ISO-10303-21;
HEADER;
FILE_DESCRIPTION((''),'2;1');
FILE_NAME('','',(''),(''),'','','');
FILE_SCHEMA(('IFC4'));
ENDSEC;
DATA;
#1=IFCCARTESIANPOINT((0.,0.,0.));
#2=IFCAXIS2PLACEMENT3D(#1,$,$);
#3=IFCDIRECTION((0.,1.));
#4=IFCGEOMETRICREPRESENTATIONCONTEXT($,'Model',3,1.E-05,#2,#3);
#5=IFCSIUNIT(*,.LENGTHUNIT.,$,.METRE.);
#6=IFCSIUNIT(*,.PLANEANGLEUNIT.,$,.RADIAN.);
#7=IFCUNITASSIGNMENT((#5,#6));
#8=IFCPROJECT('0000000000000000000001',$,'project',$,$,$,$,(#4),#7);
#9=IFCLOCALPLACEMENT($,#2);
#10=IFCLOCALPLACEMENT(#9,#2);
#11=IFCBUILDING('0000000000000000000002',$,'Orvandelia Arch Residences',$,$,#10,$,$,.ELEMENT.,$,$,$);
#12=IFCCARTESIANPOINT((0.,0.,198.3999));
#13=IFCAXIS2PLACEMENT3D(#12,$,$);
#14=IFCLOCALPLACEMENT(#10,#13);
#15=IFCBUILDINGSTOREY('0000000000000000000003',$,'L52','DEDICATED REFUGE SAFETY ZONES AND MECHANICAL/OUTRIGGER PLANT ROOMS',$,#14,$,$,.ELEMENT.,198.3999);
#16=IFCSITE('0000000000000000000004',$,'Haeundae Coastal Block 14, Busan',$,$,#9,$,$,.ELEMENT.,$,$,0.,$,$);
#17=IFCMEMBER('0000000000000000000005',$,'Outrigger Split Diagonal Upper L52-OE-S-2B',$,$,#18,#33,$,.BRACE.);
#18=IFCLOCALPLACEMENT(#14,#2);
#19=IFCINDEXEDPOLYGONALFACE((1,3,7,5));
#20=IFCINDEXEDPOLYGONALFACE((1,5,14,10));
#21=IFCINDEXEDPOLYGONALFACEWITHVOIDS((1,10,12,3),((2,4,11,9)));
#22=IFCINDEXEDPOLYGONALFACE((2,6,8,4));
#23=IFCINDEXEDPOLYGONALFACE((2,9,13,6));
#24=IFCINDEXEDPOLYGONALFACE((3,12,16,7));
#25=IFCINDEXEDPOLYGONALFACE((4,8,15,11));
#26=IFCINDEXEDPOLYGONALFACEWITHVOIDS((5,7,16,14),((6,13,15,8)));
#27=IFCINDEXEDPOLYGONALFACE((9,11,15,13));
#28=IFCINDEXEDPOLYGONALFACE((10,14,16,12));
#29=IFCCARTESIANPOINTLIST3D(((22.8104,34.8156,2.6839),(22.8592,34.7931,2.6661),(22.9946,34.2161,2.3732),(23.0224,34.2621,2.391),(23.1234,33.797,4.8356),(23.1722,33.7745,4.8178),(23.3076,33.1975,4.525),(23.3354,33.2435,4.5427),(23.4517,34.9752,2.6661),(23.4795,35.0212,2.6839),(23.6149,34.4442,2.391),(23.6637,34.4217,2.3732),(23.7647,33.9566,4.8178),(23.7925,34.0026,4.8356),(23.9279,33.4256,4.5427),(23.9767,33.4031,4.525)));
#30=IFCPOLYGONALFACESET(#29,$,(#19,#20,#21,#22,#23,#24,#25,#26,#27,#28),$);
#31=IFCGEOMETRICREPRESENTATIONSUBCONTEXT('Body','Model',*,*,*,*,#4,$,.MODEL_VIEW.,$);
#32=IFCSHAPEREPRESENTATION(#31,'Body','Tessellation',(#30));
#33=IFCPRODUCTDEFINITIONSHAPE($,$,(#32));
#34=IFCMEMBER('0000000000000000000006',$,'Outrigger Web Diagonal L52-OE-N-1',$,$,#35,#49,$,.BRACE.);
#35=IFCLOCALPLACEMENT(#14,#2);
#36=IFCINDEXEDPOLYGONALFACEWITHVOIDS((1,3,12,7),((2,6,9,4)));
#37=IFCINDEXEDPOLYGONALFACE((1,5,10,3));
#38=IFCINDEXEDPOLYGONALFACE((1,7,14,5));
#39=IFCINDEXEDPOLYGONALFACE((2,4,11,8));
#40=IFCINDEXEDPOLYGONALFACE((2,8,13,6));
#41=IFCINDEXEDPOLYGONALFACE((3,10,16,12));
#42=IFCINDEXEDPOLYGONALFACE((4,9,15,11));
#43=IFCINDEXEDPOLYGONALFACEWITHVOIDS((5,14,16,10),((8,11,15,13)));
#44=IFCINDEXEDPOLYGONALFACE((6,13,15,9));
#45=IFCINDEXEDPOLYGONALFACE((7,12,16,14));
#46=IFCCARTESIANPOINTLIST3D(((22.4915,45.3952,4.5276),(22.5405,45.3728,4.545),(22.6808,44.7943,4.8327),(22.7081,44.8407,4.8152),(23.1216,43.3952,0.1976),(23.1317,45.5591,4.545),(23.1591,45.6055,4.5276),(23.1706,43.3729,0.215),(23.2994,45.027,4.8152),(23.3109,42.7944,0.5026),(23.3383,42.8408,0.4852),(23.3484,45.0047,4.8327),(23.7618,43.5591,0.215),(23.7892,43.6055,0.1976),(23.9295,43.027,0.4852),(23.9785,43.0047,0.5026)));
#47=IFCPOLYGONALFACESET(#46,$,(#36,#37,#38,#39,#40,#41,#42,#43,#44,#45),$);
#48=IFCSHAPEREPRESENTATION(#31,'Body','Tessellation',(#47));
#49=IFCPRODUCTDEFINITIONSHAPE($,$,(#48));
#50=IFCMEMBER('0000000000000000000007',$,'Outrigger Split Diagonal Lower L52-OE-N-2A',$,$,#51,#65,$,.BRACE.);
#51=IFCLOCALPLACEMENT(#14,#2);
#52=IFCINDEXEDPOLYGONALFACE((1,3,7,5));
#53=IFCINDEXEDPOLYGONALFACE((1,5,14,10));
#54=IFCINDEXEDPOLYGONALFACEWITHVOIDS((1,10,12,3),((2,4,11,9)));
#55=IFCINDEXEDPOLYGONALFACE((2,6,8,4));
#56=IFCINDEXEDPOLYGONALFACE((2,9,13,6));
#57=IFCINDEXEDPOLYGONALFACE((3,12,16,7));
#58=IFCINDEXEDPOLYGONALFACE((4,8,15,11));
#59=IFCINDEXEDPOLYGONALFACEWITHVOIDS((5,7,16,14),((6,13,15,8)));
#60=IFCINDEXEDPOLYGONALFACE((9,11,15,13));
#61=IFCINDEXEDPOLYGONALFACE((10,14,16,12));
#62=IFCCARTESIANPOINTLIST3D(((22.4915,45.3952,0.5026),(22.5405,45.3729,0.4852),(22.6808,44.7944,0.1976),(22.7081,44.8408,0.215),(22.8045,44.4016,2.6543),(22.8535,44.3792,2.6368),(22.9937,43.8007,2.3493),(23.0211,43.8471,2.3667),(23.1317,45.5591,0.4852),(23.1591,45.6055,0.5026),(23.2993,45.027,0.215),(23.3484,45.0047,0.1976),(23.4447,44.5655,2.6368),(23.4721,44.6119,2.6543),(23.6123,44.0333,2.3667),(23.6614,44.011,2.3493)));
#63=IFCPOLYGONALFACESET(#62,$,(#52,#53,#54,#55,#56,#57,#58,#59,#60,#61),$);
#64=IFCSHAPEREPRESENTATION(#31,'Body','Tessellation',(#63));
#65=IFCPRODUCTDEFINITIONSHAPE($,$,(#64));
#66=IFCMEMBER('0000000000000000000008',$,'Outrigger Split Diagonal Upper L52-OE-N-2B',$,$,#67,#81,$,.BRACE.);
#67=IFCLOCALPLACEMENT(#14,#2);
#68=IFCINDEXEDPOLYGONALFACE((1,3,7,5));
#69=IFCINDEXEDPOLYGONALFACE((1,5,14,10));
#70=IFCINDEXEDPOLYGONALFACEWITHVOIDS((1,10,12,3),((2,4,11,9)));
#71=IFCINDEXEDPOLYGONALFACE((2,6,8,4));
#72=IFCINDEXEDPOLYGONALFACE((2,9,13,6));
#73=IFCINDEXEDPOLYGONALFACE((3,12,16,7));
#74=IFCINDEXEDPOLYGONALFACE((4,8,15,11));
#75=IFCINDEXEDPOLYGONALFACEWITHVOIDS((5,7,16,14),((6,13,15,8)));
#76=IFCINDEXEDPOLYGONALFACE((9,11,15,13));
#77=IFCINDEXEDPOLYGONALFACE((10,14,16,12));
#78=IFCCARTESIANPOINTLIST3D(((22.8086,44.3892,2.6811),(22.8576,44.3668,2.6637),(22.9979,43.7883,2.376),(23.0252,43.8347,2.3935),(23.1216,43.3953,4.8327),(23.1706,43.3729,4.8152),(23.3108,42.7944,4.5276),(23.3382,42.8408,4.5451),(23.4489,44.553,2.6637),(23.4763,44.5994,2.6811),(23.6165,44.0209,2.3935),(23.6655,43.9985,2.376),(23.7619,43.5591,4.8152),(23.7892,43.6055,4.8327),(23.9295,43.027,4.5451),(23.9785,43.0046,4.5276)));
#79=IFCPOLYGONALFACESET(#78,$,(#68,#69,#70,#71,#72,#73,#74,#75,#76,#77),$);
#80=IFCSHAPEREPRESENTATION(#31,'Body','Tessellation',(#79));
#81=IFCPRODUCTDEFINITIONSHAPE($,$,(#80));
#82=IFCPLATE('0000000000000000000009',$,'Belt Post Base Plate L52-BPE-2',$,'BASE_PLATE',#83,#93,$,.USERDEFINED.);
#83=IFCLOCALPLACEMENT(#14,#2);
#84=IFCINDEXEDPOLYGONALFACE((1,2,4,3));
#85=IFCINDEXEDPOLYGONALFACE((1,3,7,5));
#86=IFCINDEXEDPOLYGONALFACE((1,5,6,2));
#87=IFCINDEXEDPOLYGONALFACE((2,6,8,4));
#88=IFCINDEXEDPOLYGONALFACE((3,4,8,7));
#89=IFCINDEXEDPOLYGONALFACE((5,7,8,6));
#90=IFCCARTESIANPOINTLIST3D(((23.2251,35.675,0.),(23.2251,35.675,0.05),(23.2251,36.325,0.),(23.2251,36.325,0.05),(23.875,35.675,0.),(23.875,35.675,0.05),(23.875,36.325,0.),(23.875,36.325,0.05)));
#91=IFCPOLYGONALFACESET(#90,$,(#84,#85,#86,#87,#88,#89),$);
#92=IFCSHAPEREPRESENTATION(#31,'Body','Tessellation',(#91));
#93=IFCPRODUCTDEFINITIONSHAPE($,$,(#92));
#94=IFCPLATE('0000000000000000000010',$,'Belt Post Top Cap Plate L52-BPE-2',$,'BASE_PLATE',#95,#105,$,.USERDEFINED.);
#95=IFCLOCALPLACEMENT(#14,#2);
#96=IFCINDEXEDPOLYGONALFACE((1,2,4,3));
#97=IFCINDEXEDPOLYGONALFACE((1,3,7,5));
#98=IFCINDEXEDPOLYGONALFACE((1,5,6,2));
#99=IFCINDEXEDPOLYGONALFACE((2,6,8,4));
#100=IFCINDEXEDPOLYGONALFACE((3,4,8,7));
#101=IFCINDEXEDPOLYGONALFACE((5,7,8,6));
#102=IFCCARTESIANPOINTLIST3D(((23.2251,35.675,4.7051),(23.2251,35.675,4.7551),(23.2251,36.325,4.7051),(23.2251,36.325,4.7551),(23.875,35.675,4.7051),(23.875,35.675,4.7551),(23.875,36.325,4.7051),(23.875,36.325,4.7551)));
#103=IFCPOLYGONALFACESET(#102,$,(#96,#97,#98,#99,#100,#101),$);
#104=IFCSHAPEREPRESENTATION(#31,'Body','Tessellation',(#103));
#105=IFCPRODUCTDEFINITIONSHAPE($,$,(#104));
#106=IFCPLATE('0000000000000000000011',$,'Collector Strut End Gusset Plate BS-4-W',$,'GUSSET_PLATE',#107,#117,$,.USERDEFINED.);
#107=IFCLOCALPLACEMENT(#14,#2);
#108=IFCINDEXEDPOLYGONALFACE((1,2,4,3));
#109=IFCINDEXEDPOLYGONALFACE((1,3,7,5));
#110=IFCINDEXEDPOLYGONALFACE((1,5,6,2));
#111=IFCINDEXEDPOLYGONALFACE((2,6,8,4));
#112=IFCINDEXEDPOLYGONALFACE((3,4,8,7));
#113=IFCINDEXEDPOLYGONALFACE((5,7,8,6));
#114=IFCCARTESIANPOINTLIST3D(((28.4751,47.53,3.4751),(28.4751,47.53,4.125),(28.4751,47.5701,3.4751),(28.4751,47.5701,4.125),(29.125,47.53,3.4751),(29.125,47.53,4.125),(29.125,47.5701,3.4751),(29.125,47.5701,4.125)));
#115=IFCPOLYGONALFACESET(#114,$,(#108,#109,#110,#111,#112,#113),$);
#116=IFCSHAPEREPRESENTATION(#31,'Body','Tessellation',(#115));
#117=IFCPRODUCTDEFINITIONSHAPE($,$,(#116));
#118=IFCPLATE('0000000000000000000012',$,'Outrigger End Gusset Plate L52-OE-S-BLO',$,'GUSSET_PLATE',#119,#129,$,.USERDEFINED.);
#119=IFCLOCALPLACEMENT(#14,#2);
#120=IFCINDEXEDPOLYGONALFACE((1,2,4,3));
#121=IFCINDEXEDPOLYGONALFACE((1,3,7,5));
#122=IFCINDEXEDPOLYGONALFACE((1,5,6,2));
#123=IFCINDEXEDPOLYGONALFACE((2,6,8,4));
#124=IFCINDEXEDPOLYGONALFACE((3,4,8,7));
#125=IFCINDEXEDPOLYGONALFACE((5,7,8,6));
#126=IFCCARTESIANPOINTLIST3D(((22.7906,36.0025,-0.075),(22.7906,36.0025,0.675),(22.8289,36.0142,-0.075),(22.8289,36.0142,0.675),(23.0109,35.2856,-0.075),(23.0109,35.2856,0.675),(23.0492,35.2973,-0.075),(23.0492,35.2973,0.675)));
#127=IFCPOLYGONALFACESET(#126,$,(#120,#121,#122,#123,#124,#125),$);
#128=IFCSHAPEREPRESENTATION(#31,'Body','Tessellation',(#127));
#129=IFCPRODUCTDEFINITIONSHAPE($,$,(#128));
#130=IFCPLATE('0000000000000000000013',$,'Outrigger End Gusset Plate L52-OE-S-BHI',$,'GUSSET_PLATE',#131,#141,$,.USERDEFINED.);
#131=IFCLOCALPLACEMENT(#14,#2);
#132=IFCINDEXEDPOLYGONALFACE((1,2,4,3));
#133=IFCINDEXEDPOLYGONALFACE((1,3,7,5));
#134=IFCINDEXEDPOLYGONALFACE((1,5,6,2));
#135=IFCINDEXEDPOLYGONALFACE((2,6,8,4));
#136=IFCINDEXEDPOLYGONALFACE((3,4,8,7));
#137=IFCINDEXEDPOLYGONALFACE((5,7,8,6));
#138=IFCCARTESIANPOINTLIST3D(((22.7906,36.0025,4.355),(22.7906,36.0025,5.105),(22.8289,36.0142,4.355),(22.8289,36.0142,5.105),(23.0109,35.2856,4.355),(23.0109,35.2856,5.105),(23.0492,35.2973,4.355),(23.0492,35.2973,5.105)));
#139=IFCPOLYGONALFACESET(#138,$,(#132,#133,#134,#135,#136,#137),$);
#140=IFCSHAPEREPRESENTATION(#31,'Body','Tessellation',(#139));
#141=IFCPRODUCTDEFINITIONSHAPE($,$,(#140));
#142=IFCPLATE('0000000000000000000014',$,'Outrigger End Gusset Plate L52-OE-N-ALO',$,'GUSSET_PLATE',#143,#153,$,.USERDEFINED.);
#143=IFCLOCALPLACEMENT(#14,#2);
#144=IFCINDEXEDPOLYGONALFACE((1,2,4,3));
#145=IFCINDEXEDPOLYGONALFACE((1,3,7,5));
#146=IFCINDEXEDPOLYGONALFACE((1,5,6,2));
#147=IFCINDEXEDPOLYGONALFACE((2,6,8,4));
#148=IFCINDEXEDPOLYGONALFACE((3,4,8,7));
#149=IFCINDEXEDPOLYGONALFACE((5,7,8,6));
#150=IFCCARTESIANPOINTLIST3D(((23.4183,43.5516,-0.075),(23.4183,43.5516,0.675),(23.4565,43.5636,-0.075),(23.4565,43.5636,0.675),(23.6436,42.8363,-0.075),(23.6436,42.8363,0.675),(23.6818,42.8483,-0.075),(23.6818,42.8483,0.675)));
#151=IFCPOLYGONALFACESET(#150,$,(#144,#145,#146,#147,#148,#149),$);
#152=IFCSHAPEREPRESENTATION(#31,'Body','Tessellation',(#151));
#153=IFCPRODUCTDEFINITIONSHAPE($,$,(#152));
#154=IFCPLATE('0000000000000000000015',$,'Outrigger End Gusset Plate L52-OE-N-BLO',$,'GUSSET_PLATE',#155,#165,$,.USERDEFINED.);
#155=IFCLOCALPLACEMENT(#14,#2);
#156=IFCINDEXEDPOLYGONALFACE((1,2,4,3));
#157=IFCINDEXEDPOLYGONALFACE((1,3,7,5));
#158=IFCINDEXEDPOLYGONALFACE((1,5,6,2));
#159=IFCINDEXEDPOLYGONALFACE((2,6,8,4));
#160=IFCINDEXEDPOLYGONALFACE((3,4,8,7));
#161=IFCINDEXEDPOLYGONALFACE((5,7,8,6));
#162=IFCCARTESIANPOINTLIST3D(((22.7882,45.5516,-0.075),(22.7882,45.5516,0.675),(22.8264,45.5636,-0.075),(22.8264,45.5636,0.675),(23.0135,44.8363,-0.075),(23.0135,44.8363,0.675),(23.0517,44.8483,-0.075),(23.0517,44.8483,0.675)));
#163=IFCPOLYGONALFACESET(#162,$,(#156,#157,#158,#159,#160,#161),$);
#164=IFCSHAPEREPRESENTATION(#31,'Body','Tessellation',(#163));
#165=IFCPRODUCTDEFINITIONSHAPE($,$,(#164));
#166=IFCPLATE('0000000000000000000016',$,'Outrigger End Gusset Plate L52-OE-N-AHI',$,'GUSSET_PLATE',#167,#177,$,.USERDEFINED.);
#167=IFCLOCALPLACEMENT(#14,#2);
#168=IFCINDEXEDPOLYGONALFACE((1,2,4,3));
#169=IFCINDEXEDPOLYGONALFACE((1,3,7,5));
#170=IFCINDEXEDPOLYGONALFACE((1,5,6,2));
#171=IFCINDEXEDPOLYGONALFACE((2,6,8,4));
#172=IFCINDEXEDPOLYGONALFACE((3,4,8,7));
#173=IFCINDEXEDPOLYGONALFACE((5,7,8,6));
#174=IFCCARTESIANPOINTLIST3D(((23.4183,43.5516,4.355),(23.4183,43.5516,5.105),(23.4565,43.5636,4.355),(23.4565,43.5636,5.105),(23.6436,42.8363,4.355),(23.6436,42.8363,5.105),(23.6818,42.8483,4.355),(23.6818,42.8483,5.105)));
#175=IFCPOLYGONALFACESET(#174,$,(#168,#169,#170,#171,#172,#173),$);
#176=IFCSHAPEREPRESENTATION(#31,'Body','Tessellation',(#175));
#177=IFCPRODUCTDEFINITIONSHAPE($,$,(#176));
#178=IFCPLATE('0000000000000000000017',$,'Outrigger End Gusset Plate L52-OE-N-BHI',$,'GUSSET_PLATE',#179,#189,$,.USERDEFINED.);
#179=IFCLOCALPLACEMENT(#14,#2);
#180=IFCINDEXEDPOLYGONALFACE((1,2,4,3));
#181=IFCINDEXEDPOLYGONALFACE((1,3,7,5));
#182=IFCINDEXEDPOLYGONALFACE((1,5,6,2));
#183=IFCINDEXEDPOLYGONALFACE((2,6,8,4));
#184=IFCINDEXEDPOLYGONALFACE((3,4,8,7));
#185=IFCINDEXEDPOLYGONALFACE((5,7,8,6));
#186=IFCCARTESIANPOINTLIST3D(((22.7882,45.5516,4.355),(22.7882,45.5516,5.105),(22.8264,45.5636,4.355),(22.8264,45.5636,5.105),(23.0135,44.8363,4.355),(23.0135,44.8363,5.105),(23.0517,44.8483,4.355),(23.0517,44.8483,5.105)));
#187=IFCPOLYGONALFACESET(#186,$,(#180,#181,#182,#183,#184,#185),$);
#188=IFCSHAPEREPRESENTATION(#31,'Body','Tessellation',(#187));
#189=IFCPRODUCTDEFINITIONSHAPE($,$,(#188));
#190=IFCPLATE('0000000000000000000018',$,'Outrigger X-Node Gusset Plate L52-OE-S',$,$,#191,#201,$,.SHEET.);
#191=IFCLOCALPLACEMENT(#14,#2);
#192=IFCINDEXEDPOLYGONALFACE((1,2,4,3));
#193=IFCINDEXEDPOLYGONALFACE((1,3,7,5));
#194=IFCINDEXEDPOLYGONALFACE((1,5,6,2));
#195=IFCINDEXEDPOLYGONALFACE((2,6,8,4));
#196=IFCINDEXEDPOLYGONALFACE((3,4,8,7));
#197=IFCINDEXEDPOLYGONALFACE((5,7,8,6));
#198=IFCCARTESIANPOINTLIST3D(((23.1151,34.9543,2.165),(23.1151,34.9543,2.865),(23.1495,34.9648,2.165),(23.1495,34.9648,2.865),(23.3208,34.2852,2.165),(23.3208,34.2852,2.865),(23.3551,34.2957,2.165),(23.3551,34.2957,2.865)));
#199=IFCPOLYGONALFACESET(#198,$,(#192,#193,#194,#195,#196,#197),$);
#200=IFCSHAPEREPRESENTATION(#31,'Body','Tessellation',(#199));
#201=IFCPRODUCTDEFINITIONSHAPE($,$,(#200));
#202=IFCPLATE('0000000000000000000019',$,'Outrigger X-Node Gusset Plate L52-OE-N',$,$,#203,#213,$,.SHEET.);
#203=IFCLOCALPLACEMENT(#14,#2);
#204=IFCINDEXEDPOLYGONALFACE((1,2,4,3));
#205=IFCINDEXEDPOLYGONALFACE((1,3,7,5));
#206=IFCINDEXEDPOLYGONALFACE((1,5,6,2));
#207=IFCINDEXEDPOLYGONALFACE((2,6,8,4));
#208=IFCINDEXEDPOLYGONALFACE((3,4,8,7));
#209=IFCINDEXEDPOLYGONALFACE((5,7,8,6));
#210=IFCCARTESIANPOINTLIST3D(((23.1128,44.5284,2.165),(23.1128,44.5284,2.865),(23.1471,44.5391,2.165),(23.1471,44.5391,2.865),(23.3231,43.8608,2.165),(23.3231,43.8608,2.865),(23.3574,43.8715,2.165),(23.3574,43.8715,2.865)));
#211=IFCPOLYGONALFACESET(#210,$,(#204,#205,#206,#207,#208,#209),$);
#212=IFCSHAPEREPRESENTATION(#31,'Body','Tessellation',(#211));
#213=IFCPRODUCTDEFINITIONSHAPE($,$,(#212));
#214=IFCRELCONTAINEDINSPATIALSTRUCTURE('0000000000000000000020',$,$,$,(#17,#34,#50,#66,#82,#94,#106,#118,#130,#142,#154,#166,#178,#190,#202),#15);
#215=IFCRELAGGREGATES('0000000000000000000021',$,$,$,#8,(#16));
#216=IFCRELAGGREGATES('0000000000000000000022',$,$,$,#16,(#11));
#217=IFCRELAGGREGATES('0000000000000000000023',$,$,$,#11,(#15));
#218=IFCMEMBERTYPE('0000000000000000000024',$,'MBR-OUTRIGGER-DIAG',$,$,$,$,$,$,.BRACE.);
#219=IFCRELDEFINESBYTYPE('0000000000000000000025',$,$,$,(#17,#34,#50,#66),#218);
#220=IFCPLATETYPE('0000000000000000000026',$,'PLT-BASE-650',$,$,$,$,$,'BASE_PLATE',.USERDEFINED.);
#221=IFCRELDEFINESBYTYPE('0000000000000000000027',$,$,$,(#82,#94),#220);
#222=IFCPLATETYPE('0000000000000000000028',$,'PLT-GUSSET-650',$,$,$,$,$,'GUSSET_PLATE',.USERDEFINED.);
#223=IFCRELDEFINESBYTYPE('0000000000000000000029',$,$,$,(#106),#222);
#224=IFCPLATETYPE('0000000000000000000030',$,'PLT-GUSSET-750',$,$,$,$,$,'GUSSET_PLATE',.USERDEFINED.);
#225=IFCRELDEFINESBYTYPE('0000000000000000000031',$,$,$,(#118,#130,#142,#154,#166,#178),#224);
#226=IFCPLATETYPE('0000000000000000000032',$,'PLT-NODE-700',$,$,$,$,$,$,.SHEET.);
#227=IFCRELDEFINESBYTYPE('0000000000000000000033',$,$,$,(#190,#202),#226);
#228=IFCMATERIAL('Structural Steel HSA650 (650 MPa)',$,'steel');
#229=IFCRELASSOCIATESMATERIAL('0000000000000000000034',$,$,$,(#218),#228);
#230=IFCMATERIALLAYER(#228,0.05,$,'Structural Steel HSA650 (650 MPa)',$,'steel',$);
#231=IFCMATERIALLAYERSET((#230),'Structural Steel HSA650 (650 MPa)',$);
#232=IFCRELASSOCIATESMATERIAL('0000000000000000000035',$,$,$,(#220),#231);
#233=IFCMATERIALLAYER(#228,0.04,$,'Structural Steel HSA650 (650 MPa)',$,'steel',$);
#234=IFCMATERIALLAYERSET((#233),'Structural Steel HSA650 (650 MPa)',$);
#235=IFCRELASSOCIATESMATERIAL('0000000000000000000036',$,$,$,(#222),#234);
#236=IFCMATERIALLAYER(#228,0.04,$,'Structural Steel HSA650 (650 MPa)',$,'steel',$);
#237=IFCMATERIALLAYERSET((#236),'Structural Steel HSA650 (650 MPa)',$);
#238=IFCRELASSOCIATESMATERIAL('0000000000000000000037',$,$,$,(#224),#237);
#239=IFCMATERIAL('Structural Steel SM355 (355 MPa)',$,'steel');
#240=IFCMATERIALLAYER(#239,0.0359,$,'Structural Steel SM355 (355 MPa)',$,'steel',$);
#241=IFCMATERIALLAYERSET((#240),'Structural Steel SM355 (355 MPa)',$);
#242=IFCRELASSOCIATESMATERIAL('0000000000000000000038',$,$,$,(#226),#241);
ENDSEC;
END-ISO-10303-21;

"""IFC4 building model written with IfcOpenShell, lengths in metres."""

from ifc_helpers import new_model, si_unit, direction, frame, origin, origin_2d, place, context, subcontext, project, spatial, rectangle, hollow_rectangle, extrude, material, layer, layer_set, material_profile, profile_set, type_object, element, save


model = new_model("IFC4")

# Units and contexts
model_context = context("Model", 3, precision=1e-05, world=origin(), true_north=direction((0.0, 1.0)))
body_context = subcontext(model_context, "Body", "Model", "MODEL_VIEW")
ifc_project = project(units=[si_unit("LENGTHUNIT", "METRE"), si_unit("PLANEANGLEUNIT", "RADIAN")], contexts=[model_context])

# Site, building, storey
site_placement = place(None, origin())
site = spatial("IfcSite", under=ifc_project, at=site_placement, Name="Haeundae Coastal Block 14, Busan", CompositionType="ELEMENT", RefElevation=0.0)
building_placement = place(site_placement, origin())
building = spatial("IfcBuilding", under=site, at=building_placement, Name="Orvandelia Arch Residences", CompositionType="ELEMENT")
storey_placement = place(building_placement, frame((0.0, 0.0, 198.3999)))
storey = spatial("IfcBuildingStorey", under=building, at=storey_placement, Name="L52", Description="DEDICATED REFUGE SAFETY ZONES AND MECHANICAL/OUTRIGGER PLANT ROOMS", CompositionType="ELEMENT", Elevation=198.3999)

# Shared definitions
ifc_material_1 = material(Name="Structural Steel SM355 (355 MPa)", Category="steel")

# Members
ifc_material_2 = material(Name="Structural Steel HSA650 (650 MPa)", Category="steel")
ifc_material_profile_1 = material_profile(ifc_material_2, hollow_rectangle(XDim=0.7, YDim=0.7, WallThickness=0.04, at=origin_2d()), Name="Structural Steel HSA650 (650 MPa)", Category="steel")
ifc_profile_set_1 = profile_set([ifc_material_profile_1], Name="Structural Steel HSA650 (650 MPa)")
member_type_1 = type_object("IfcMemberType", Name="MBR-OUTRIGGER-DIAG", PredefinedType="BRACE", material=ifc_profile_set_1)
for number, where, z_axis, x_axis, name in (
    (1, (23.2371, 34.6187, 2.5286), (0.130357, -0.424219, 0.896128), (0.955888, 0.293732, 0.0), "Outrigger Split Diagonal Upper L52-OE-S-2B"),
):
    element("IfcMember", number, at=place(storey_placement, frame(where, z_axis=z_axis, x_axis=x_axis)), inside=storey, type_object=member_type_1, Name=name, PredefinedType="BRACE", context=body_context, shape_type="SweptSolid", body=[
        extrude(hollow_rectangle(XDim=0.7, YDim=0.7, WallThickness=0.04, at=origin_2d()), origin(), (0.0, 0.0, 1.0), 2.4011),
    ])
member_1_placement = place(storey_placement, frame((23.55, 43.2, 0.3501), z_axis=(-0.130974, 0.415706, 0.900019), x_axis=(-0.953781, -0.300502, 0.0)))
element("IfcMember", 2, at=member_1_placement, inside=storey, type_object=member_type_1, Name="Outrigger Web Diagonal L52-OE-N-1", PredefinedType="BRACE", context=body_context, shape_type="SweptSolid", body=[
    extrude(hollow_rectangle(XDim=0.7, YDim=0.7, WallThickness=0.04, at=origin_2d()), origin(), (0.0, 0.0, 1.0), 4.811),
])
for number, where, z_axis, x_axis, name in (
    (3, (22.9199, 45.2, 0.3501), (0.130927, -0.415658, 0.900048), (0.953802, 0.300436, 0.0), "Outrigger Split Diagonal Lower L52-OE-N-2A"),
    (4, (23.2371, 44.1938, 2.5286), (0.130922, -0.415743, 0.90001), (0.953823, 0.300369, 0.0), "Outrigger Split Diagonal Upper L52-OE-N-2B"),
):
    element("IfcMember", number, at=place(storey_placement, frame(where, z_axis=z_axis, x_axis=x_axis)), inside=storey, type_object=member_type_1, Name=name, PredefinedType="BRACE", context=body_context, shape_type="SweptSolid", body=[
        extrude(hollow_rectangle(XDim=0.7, YDim=0.7, WallThickness=0.04, at=origin_2d()), origin(), (0.0, 0.0, 1.0), 2.3906),
    ])

# Plates
ifc_layer_1 = layer(ifc_material_2, 0.05, Name="Structural Steel HSA650 (650 MPa)", Category="steel")
ifc_layer_set_1 = layer_set([ifc_layer_1], Name="Structural Steel HSA650 (650 MPa)")
plate_type_1 = type_object("IfcPlateType", Name="PLT-BASE-650", ElementType="BASE_PLATE", PredefinedType="USERDEFINED", material=ifc_layer_set_1)
for number, where, z_axis, x_axis, name in (
    (5, (23.55, 36.0, 0.0), (0.0, 0.0, 1.0), (1.0, 0.0, 0.0), "Belt Post Base Plate L52-BPE-2"),
    (6, (23.55, 36.0, 4.7051), (0.0, 0.0, 1.0), (1.0, 0.0, 0.0), "Belt Post Top Cap Plate L52-BPE-2"),
):
    element("IfcPlate", number, at=place(storey_placement, frame(where, z_axis=z_axis, x_axis=x_axis)), inside=storey, type_object=plate_type_1, Name=name, ObjectType="BASE_PLATE", PredefinedType="USERDEFINED", context=body_context, shape_type="SweptSolid", body=[
        extrude(rectangle(XDim=0.6499, YDim=0.6499, at=origin_2d()), origin(), (0.0, 0.0, 1.0), 0.05),
    ])
ifc_layer_2 = layer(ifc_material_2, 0.04, Name="Structural Steel HSA650 (650 MPa)", Category="steel")
ifc_layer_set_2 = layer_set([ifc_layer_2], Name="Structural Steel HSA650 (650 MPa)")
plate_type_2 = type_object("IfcPlateType", Name="PLT-GUSSET-650", ElementType="GUSSET_PLATE", PredefinedType="USERDEFINED", material=ifc_layer_set_2)
plate_placement = place(storey_placement, frame((28.8, 47.55, 3.4751), z_axis=(0.0, 0.0, 1.0), x_axis=(1.0, 0.0, 0.0)))
element("IfcPlate", 7, at=plate_placement, inside=storey, type_object=plate_type_2, Name="Collector Strut End Gusset Plate BS-4-W", ObjectType="GUSSET_PLATE", PredefinedType="USERDEFINED", context=body_context, shape_type="SweptSolid", body=[
    extrude(rectangle(XDim=0.6499, YDim=0.04, at=origin_2d()), origin(), (0.0, 0.0, 1.0), 0.6499),
])
ifc_layer_3 = layer(ifc_material_2, 0.04, Name="Structural Steel HSA650 (650 MPa)", Category="steel")
ifc_layer_set_3 = layer_set([ifc_layer_3], Name="Structural Steel HSA650 (650 MPa)")
plate_type_3 = type_object("IfcPlateType", Name="PLT-GUSSET-750", ElementType="GUSSET_PLATE", PredefinedType="USERDEFINED", material=ifc_layer_set_3)
for number, where, z_axis, x_axis, name in (
    (8, (22.9199, 35.6499, -0.075), (0.0, 0.0, 1.0), (-0.293757, 0.95588, 0.0), "Outrigger End Gusset Plate L52-OE-S-BLO"),
    (9, (22.9199, 35.6499, 4.355), (0.0, 0.0, 1.0), (-0.293757, 0.95588, 0.0), "Outrigger End Gusset Plate L52-OE-S-BHI"),
    (10, (23.55, 43.2, -0.075), (0.0, 0.0, 1.0), (-0.300439, 0.953801, 0.0), "Outrigger End Gusset Plate L52-OE-N-ALO"),
    (11, (22.9199, 45.2, -0.075), (0.0, 0.0, 1.0), (-0.300439, 0.953801, 0.0), "Outrigger End Gusset Plate L52-OE-N-BLO"),
    (12, (23.55, 43.2, 4.355), (0.0, 0.0, 1.0), (-0.300439, 0.953801, 0.0), "Outrigger End Gusset Plate L52-OE-N-AHI"),
    (13, (22.9199, 45.2, 4.355), (0.0, 0.0, 1.0), (-0.300439, 0.953801, 0.0), "Outrigger End Gusset Plate L52-OE-N-BHI"),
):
    element("IfcPlate", number, at=place(storey_placement, frame(where, z_axis=z_axis, x_axis=x_axis)), inside=storey, type_object=plate_type_3, Name=name, ObjectType="GUSSET_PLATE", PredefinedType="USERDEFINED", context=body_context, shape_type="SweptSolid", body=[
        extrude(rectangle(XDim=0.75, YDim=0.04, at=origin_2d()), origin(), (0.0, 0.0, 1.0), 0.75),
    ])
ifc_layer_4 = layer(ifc_material_1, 0.0359, Name="Structural Steel SM355 (355 MPa)", Category="steel")
ifc_layer_set_4 = layer_set([ifc_layer_4], Name="Structural Steel SM355 (355 MPa)")
plate_type_4 = type_object("IfcPlateType", Name="PLT-NODE-700", PredefinedType="SHEET", material=ifc_layer_set_4)
for number, where, z_axis, x_axis, name in (
    (14, (23.2351, 34.625, 2.165), (0.0, 0.0, 1.0), (-0.293757, 0.95588, 0.0), "Outrigger X-Node Gusset Plate L52-OE-S"),
    (15, (23.2351, 44.2, 2.165), (0.0, 0.0, 1.0), (-0.300439, 0.953801, 0.0), "Outrigger X-Node Gusset Plate L52-OE-N"),
):
    element("IfcPlate", number, at=place(storey_placement, frame(where, z_axis=z_axis, x_axis=x_axis)), inside=storey, type_object=plate_type_4, Name=name, PredefinedType="SHEET", context=body_context, shape_type="SweptSolid", body=[
        extrude(rectangle(XDim=0.7, YDim=0.0359, at=origin_2d()), origin(), (0.0, 0.0, 1.0), 0.7),
    ])

save(model, "model.ifc")
